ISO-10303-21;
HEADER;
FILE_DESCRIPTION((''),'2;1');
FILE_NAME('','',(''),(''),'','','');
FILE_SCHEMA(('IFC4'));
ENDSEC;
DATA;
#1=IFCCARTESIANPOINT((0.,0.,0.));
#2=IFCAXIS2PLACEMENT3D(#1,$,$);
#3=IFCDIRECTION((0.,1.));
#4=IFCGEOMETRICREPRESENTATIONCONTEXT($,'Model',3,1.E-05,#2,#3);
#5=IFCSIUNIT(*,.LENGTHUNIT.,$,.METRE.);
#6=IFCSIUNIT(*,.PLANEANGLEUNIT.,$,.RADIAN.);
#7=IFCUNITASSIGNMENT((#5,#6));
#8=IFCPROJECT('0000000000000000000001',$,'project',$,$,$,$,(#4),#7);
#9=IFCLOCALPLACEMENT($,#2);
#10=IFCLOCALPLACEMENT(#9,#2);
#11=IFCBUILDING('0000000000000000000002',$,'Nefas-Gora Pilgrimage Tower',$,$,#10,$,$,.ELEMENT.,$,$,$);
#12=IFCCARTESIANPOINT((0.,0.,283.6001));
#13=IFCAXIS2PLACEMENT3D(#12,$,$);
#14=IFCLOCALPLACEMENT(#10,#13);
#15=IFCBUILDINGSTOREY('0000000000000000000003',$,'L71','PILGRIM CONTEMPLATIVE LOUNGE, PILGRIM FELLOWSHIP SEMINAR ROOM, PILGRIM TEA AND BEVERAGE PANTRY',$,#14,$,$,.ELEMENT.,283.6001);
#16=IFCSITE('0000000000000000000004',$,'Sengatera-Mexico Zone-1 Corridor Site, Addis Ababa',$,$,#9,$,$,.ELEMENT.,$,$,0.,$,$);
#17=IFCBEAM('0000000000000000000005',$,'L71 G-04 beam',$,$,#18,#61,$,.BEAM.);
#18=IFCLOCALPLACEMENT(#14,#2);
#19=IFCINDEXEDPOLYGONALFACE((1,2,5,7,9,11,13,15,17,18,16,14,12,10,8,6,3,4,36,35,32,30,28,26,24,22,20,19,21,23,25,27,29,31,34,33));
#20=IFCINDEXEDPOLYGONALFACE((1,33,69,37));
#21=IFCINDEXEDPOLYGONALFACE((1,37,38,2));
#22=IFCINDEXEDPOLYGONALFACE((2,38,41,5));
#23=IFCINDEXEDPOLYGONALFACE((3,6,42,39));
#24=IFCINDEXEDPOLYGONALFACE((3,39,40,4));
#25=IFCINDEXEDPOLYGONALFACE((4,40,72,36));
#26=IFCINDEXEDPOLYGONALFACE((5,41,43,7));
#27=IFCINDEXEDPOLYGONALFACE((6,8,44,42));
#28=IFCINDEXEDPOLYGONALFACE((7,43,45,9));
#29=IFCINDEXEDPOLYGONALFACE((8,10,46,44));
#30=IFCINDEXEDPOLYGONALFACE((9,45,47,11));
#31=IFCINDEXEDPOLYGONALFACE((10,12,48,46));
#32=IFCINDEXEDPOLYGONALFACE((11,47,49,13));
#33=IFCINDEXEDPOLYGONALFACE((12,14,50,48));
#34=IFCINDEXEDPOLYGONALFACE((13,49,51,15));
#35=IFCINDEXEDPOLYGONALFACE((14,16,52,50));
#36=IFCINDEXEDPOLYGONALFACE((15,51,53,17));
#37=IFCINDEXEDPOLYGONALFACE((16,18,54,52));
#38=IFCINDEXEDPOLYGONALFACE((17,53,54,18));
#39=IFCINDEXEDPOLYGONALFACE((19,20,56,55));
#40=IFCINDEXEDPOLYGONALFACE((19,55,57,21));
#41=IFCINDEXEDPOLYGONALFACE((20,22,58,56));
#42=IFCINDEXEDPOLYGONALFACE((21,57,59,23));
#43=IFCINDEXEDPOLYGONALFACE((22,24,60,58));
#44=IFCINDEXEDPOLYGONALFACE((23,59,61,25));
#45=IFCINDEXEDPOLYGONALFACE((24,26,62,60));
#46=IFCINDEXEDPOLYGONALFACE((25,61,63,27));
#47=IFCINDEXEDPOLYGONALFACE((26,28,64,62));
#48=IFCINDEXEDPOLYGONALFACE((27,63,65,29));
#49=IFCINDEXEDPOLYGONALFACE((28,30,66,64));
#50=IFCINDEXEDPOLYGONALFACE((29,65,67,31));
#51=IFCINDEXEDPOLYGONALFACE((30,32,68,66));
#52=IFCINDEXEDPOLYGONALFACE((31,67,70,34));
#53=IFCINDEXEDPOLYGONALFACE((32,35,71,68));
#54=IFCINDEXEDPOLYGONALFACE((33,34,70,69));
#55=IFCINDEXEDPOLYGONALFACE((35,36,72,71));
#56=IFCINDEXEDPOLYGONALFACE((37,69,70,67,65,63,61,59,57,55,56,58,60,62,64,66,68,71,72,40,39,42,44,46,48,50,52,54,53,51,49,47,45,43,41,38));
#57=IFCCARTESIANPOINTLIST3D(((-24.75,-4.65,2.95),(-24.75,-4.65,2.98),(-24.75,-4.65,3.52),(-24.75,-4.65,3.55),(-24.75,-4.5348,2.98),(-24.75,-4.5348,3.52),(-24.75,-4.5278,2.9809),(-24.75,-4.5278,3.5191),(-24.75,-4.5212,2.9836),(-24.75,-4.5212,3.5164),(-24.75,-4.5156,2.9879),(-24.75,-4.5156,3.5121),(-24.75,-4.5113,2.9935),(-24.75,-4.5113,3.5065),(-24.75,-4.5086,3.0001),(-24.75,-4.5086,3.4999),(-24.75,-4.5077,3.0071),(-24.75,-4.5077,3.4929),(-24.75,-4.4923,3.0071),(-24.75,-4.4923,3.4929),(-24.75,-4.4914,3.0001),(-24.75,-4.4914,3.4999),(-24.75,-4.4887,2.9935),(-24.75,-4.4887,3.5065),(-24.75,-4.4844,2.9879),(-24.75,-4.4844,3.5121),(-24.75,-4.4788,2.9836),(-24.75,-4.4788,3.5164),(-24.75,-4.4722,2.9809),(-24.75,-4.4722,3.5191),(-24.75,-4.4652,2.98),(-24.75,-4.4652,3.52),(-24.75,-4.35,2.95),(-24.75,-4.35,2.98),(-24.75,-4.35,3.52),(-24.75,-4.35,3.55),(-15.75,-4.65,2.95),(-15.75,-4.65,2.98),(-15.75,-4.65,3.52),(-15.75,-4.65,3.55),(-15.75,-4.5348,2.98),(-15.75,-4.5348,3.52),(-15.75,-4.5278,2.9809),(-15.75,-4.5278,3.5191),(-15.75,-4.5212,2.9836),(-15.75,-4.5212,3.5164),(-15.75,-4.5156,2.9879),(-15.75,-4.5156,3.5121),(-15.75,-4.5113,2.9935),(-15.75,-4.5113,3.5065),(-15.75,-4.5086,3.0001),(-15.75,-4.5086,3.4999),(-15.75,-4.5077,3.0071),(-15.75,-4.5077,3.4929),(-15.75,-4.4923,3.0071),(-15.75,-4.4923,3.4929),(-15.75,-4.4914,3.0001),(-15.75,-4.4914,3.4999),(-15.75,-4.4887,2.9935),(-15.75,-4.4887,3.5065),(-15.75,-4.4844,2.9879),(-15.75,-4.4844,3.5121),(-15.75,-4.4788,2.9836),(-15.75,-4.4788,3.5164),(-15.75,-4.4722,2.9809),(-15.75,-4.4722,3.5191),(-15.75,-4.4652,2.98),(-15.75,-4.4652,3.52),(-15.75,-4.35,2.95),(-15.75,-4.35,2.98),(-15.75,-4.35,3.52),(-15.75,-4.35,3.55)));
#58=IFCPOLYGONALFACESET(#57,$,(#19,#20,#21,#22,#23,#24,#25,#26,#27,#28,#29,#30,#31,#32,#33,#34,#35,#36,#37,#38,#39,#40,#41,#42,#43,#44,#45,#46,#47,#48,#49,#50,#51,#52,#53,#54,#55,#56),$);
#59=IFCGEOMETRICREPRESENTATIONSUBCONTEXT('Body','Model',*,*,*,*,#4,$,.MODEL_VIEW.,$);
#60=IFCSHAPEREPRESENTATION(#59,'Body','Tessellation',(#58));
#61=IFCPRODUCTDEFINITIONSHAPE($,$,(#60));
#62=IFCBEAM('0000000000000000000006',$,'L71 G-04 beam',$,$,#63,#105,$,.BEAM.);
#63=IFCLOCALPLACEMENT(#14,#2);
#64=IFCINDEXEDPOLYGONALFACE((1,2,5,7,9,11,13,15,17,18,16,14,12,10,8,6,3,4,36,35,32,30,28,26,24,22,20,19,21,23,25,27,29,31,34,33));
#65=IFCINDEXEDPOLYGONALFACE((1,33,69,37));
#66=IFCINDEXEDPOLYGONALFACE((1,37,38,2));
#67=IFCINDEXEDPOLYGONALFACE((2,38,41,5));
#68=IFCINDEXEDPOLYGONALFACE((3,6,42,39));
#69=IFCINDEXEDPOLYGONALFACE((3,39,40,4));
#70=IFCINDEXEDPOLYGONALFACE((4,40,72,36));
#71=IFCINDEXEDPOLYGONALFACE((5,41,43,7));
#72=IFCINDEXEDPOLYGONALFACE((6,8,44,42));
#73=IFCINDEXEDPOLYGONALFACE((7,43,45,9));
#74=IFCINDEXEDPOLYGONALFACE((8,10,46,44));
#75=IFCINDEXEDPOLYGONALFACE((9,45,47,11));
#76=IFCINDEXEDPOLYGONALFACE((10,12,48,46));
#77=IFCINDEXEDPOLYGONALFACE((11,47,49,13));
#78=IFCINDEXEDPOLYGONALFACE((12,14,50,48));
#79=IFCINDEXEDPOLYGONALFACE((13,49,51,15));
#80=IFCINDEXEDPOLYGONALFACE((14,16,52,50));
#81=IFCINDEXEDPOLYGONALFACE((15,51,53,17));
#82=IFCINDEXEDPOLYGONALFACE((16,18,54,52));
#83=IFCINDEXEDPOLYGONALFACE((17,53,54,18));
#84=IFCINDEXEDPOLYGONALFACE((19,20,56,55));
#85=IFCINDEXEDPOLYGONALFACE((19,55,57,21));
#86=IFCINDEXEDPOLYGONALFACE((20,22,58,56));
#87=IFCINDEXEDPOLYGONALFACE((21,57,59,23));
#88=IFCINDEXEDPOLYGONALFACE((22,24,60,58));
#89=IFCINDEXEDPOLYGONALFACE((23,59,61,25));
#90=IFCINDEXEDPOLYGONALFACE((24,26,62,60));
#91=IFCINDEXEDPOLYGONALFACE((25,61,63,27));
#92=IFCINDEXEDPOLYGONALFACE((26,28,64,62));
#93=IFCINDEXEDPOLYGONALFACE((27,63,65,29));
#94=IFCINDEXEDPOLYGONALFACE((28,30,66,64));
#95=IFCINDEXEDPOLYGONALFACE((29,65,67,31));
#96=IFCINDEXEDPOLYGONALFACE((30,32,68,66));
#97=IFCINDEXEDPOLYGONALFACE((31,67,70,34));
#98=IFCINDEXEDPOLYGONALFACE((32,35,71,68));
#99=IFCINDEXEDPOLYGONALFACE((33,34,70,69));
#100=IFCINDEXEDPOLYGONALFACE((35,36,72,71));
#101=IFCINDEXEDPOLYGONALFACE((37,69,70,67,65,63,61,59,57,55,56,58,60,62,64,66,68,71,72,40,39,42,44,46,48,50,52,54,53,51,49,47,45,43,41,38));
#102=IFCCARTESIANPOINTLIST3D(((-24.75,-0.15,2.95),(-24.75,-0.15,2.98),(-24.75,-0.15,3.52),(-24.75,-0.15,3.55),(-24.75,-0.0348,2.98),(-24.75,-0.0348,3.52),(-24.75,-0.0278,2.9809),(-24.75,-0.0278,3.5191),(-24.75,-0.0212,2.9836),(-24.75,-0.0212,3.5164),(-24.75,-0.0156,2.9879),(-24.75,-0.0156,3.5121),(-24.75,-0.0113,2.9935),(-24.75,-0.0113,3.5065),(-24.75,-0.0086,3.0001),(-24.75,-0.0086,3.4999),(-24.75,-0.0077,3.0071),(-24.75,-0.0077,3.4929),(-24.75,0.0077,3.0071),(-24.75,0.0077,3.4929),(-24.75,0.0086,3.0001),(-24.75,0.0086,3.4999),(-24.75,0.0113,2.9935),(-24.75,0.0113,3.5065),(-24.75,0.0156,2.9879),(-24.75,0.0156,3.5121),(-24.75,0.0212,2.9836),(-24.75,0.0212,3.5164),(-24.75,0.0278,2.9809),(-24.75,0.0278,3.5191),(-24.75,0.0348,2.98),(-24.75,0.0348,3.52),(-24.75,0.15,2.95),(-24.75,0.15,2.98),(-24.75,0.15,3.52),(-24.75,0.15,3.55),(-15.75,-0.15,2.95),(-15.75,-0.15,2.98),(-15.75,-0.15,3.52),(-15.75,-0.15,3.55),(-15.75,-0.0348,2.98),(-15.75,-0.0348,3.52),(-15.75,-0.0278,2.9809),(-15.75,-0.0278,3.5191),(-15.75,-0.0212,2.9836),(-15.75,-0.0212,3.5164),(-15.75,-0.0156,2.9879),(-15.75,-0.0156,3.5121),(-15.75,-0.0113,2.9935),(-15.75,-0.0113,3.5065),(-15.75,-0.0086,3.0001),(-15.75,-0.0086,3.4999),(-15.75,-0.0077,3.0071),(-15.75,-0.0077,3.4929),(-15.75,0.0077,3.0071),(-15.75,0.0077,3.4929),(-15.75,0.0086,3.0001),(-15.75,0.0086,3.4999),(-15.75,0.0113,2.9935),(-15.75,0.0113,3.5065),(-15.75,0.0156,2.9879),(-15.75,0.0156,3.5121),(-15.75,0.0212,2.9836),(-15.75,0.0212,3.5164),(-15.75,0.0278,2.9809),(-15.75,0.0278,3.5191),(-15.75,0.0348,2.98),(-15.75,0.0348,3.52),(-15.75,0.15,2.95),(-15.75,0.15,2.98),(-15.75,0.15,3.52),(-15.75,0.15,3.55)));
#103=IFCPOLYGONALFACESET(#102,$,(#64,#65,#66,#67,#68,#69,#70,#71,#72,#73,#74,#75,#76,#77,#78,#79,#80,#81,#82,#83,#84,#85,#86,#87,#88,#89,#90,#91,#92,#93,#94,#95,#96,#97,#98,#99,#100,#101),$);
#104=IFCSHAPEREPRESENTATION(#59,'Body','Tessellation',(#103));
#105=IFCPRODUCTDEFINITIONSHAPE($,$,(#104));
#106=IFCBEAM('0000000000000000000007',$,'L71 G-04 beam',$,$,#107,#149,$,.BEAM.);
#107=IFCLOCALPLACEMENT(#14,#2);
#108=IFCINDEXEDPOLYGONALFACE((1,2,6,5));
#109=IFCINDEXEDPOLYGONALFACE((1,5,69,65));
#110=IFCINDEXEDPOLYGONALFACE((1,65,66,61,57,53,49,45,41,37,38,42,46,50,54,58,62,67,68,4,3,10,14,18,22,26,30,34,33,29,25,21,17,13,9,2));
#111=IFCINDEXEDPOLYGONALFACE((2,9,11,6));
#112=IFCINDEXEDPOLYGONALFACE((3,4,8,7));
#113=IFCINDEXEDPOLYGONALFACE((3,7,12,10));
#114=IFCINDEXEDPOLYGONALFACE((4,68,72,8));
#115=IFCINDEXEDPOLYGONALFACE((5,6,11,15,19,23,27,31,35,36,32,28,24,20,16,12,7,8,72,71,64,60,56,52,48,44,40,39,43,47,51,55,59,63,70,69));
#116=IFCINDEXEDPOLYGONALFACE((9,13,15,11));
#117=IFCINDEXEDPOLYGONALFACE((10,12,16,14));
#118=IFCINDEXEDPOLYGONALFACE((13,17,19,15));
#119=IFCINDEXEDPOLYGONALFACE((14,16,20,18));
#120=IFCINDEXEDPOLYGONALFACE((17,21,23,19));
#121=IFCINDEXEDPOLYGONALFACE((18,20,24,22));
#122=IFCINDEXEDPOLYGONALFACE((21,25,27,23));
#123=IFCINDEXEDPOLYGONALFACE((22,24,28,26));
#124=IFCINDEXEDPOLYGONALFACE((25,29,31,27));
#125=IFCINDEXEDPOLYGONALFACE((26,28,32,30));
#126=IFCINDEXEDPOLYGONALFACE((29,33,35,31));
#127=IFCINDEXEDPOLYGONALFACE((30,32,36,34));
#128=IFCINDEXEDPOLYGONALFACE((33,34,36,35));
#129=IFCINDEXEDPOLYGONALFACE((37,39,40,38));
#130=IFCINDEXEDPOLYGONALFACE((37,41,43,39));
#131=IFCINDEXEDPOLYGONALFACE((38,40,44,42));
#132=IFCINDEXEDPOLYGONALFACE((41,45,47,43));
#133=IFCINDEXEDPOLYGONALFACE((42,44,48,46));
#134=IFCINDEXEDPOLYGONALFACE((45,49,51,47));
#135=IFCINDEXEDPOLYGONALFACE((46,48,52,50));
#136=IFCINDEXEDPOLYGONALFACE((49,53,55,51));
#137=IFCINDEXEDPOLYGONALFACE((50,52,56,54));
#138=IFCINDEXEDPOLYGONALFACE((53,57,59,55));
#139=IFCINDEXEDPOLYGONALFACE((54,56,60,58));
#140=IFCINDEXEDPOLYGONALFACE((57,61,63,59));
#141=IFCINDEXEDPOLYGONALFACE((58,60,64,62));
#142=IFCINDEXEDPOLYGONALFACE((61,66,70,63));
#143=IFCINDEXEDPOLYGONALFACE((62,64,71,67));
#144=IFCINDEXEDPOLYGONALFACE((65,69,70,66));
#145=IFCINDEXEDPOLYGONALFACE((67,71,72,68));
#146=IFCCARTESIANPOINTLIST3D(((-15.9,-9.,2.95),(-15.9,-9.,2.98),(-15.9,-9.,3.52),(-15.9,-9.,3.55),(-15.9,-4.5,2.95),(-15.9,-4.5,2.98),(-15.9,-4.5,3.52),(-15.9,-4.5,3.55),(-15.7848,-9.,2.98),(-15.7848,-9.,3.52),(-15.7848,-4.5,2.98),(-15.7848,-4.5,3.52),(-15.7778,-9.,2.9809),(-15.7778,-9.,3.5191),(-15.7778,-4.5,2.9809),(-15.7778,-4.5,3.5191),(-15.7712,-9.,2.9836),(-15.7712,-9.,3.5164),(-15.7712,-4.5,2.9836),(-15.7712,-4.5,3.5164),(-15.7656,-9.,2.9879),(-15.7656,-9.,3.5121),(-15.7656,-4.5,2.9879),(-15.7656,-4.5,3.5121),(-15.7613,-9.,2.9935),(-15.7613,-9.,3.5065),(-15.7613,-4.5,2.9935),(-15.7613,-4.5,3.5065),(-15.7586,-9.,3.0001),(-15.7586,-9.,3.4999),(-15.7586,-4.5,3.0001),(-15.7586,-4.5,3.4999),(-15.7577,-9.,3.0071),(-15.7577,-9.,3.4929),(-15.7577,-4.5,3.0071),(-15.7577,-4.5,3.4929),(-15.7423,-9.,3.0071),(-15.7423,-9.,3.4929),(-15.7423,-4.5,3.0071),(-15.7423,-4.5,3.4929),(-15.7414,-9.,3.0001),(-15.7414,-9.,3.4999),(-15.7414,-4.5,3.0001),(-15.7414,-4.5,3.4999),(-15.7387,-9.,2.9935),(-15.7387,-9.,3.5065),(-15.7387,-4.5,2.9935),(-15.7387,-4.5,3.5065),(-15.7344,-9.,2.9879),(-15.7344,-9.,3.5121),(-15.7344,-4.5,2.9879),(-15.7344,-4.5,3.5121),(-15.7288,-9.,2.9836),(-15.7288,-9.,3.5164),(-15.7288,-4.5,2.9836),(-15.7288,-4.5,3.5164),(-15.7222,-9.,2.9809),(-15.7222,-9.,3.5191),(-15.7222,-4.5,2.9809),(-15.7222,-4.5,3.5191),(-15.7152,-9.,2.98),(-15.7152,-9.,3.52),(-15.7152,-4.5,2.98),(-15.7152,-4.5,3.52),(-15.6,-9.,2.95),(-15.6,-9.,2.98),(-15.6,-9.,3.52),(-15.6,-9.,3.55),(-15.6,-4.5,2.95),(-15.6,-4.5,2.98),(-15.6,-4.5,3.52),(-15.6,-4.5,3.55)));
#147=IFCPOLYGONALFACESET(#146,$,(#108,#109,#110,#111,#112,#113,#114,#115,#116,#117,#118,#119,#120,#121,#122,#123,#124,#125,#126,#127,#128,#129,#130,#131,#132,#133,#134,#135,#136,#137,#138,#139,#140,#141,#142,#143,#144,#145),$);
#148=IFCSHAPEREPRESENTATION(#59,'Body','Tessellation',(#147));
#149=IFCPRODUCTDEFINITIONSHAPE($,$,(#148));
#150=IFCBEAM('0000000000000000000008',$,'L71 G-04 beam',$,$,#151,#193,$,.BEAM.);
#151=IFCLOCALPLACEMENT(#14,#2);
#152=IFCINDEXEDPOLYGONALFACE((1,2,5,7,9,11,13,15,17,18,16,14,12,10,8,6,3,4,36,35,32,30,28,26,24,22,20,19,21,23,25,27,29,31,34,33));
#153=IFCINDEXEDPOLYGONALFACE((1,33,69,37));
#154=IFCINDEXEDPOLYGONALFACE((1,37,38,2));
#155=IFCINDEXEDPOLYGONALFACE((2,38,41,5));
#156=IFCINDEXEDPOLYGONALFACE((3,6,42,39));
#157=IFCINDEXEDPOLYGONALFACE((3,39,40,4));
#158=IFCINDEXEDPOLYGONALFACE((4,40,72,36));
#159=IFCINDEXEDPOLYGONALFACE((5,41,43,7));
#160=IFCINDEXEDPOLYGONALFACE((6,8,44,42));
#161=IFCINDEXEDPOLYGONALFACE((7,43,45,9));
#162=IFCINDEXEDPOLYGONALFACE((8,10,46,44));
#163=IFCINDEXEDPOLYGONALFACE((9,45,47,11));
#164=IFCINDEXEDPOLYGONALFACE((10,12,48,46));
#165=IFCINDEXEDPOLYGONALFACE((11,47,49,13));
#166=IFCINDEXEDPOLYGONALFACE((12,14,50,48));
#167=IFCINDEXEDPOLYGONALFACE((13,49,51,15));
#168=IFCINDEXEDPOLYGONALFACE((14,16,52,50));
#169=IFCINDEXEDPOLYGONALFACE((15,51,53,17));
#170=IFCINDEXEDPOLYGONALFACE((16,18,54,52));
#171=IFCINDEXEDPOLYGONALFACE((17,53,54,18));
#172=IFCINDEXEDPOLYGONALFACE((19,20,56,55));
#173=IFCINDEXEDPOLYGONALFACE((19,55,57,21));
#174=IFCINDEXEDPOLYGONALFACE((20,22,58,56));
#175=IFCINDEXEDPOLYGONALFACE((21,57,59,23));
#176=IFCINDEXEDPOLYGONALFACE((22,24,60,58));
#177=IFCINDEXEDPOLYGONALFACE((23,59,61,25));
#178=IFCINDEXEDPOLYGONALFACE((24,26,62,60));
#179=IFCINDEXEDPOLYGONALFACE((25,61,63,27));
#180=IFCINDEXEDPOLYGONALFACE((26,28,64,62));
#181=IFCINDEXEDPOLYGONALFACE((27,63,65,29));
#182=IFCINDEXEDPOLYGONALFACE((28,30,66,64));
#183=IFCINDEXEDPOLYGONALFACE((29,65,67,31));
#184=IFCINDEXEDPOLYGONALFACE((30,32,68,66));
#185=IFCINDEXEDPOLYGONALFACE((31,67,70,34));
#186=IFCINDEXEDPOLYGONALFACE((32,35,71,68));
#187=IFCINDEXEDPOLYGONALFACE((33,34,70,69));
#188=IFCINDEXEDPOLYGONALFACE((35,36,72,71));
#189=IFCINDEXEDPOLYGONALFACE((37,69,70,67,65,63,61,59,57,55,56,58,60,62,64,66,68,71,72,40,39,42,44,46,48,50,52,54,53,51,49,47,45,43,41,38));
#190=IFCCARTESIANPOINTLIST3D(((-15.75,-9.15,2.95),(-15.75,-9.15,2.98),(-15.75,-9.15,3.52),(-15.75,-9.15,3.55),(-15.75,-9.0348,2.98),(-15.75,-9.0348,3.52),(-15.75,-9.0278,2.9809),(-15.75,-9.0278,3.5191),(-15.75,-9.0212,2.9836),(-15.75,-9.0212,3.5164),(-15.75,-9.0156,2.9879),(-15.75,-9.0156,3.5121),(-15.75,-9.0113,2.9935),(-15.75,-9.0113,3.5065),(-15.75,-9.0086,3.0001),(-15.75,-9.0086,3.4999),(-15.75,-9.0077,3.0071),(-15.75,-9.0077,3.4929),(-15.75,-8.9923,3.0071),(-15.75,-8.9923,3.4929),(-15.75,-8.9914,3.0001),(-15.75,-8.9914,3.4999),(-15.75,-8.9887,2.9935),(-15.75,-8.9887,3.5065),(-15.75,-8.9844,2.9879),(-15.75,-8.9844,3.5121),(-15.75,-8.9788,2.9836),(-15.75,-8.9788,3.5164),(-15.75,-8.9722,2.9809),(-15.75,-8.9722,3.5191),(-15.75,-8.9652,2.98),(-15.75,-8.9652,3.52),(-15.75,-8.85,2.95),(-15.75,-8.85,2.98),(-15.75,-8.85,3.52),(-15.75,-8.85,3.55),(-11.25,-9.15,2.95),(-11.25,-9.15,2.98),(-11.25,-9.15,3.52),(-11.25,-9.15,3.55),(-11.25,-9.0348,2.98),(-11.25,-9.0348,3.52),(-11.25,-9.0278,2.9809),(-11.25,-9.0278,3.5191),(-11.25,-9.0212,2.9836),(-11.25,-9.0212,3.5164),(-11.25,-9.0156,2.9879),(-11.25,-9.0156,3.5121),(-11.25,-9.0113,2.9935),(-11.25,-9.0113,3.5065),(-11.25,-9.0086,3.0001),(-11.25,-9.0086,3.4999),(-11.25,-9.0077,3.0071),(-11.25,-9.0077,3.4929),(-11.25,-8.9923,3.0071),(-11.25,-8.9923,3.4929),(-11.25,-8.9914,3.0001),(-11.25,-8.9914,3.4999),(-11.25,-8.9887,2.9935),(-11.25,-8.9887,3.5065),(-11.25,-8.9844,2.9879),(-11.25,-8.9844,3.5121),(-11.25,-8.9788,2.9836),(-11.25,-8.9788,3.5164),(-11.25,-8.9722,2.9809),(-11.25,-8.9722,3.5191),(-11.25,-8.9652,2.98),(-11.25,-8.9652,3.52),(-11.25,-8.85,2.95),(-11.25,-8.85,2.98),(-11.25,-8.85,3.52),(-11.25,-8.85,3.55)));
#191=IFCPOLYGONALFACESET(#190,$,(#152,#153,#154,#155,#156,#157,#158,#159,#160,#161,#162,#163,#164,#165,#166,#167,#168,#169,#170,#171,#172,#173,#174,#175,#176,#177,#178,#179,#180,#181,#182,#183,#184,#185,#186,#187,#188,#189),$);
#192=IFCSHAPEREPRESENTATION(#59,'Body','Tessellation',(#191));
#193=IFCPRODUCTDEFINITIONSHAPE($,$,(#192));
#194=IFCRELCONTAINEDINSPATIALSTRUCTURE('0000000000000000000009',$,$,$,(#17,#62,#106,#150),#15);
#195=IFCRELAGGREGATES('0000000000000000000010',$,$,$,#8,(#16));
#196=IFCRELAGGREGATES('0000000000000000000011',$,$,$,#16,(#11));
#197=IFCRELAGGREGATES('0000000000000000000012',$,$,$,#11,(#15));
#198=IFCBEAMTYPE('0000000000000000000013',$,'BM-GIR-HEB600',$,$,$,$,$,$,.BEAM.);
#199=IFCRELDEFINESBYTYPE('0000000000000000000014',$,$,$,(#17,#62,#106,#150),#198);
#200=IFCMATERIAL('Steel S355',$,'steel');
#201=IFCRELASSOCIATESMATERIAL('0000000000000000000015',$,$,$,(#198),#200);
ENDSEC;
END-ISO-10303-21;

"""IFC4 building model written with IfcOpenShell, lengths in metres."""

from ifc_helpers import new_model, si_unit, direction, frame, origin, origin_2d, place, context, subcontext, project, spatial, i_section, extrude, source, transform, mapped, material, material_profile, profile_set, type_object, element, save


model = new_model("IFC4")

# Units and contexts
model_context = context("Model", 3, precision=1e-05, world=origin(), true_north=direction((0.0, 1.0)))
body_context = subcontext(model_context, "Body", "Model", "MODEL_VIEW")
ifc_project = project(units=[si_unit("LENGTHUNIT", "METRE"), si_unit("PLANEANGLEUNIT", "RADIAN")], contexts=[model_context])

# Site, building, storey
site_placement = place(None, origin())
site = spatial("IfcSite", under=ifc_project, at=site_placement, Name="Sengatera-Mexico Zone-1 Corridor Site, Addis Ababa", CompositionType="ELEMENT", RefElevation=0.0)
building_placement = place(site_placement, origin())
building = spatial("IfcBuilding", under=site, at=building_placement, Name="Nefas-Gora Pilgrimage Tower", CompositionType="ELEMENT")
storey_placement = place(building_placement, frame((0.0, 0.0, 283.6001)))
storey = spatial("IfcBuildingStorey", under=building, at=storey_placement, Name="L71", Description="PILGRIM CONTEMPLATIVE LOUNGE, PILGRIM FELLOWSHIP SEMINAR ROOM, PILGRIM TEA AND BEVERAGE PANTRY", CompositionType="ELEMENT", Elevation=283.6001)

# Shared definitions
ifc_material_1 = material(Name="Steel S355", Category="steel")

# Beams
ifc_material_profile_1 = material_profile(ifc_material_1, i_section(OverallWidth=0.3, OverallDepth=0.6001, WebThickness=0.0154, FlangeThickness=0.03, FilletRadius=0.0271, at=origin_2d()), Name="HEB 600")
ifc_profile_set_1 = profile_set([ifc_material_profile_1], Name="Steel S355")
beam_type_1 = type_object("IfcBeamType", Name="BM-GIR-HEB600", PredefinedType="BEAM", material=ifc_profile_set_1)
shared_shape_1 = source(origin(), body_context, "Body", "SweptSolid", [
    extrude(i_section(OverallWidth=0.3, OverallDepth=0.6001, WebThickness=0.0154, FlangeThickness=0.03, FilletRadius=0.0271, at=origin_2d()), origin(), (0.0, 0.0, 1.0), 9.0),
])
for number, where, z_axis, x_axis, name in (
    (1, (-24.75, -4.5, 3.25), (1.0, 0.0, 0.0), (0.0, 1.0, 0.0), "L71 G-04 beam"),
    (2, (-24.75, 0.0, 3.25), (1.0, 0.0, 0.0), (0.0, 1.0, 0.0), "L71 G-04 beam"),
):
    element("IfcBeam", number, at=place(storey_placement, frame(where, z_axis=z_axis, x_axis=x_axis)), inside=storey, type_object=beam_type_1, Name=name, PredefinedType="BEAM", context=body_context, shape_type="MappedRepresentation", body=[
        mapped(shared_shape_1, transform((0.0, 0.0, 0.0), x_axis=(1.0, 0.0, 0.0), y_axis=(0.0, 1.0, 0.0), z_axis=(0.0, 0.0, 1.0), scale=1.0)),
    ])
shared_shape_2 = source(origin(), body_context, "Body", "SweptSolid", [
    extrude(i_section(OverallWidth=0.3, OverallDepth=0.6001, WebThickness=0.0154, FlangeThickness=0.03, FilletRadius=0.0271, at=origin_2d()), origin(), (0.0, 0.0, 1.0), 4.5),
])
for number, where, z_axis, x_axis, name in (
    (3, (-15.75, -9.0, 3.25), (0.0, 1.0, 0.0), (-1.0, 0.0, 0.0), "L71 G-04 beam"),
    (4, (-15.75, -9.0, 3.25), (1.0, 0.0, 0.0), (0.0, 1.0, 0.0), "L71 G-04 beam"),
):
    element("IfcBeam", number, at=place(storey_placement, frame(where, z_axis=z_axis, x_axis=x_axis)), inside=storey, type_object=beam_type_1, Name=name, PredefinedType="BEAM", context=body_context, shape_type="MappedRepresentation", body=[
        mapped(shared_shape_2, transform((0.0, 0.0, 0.0), x_axis=(1.0, 0.0, 0.0), y_axis=(0.0, 1.0, 0.0), z_axis=(0.0, 0.0, 1.0), scale=1.0)),
    ])

save(model, "model.ifc")
